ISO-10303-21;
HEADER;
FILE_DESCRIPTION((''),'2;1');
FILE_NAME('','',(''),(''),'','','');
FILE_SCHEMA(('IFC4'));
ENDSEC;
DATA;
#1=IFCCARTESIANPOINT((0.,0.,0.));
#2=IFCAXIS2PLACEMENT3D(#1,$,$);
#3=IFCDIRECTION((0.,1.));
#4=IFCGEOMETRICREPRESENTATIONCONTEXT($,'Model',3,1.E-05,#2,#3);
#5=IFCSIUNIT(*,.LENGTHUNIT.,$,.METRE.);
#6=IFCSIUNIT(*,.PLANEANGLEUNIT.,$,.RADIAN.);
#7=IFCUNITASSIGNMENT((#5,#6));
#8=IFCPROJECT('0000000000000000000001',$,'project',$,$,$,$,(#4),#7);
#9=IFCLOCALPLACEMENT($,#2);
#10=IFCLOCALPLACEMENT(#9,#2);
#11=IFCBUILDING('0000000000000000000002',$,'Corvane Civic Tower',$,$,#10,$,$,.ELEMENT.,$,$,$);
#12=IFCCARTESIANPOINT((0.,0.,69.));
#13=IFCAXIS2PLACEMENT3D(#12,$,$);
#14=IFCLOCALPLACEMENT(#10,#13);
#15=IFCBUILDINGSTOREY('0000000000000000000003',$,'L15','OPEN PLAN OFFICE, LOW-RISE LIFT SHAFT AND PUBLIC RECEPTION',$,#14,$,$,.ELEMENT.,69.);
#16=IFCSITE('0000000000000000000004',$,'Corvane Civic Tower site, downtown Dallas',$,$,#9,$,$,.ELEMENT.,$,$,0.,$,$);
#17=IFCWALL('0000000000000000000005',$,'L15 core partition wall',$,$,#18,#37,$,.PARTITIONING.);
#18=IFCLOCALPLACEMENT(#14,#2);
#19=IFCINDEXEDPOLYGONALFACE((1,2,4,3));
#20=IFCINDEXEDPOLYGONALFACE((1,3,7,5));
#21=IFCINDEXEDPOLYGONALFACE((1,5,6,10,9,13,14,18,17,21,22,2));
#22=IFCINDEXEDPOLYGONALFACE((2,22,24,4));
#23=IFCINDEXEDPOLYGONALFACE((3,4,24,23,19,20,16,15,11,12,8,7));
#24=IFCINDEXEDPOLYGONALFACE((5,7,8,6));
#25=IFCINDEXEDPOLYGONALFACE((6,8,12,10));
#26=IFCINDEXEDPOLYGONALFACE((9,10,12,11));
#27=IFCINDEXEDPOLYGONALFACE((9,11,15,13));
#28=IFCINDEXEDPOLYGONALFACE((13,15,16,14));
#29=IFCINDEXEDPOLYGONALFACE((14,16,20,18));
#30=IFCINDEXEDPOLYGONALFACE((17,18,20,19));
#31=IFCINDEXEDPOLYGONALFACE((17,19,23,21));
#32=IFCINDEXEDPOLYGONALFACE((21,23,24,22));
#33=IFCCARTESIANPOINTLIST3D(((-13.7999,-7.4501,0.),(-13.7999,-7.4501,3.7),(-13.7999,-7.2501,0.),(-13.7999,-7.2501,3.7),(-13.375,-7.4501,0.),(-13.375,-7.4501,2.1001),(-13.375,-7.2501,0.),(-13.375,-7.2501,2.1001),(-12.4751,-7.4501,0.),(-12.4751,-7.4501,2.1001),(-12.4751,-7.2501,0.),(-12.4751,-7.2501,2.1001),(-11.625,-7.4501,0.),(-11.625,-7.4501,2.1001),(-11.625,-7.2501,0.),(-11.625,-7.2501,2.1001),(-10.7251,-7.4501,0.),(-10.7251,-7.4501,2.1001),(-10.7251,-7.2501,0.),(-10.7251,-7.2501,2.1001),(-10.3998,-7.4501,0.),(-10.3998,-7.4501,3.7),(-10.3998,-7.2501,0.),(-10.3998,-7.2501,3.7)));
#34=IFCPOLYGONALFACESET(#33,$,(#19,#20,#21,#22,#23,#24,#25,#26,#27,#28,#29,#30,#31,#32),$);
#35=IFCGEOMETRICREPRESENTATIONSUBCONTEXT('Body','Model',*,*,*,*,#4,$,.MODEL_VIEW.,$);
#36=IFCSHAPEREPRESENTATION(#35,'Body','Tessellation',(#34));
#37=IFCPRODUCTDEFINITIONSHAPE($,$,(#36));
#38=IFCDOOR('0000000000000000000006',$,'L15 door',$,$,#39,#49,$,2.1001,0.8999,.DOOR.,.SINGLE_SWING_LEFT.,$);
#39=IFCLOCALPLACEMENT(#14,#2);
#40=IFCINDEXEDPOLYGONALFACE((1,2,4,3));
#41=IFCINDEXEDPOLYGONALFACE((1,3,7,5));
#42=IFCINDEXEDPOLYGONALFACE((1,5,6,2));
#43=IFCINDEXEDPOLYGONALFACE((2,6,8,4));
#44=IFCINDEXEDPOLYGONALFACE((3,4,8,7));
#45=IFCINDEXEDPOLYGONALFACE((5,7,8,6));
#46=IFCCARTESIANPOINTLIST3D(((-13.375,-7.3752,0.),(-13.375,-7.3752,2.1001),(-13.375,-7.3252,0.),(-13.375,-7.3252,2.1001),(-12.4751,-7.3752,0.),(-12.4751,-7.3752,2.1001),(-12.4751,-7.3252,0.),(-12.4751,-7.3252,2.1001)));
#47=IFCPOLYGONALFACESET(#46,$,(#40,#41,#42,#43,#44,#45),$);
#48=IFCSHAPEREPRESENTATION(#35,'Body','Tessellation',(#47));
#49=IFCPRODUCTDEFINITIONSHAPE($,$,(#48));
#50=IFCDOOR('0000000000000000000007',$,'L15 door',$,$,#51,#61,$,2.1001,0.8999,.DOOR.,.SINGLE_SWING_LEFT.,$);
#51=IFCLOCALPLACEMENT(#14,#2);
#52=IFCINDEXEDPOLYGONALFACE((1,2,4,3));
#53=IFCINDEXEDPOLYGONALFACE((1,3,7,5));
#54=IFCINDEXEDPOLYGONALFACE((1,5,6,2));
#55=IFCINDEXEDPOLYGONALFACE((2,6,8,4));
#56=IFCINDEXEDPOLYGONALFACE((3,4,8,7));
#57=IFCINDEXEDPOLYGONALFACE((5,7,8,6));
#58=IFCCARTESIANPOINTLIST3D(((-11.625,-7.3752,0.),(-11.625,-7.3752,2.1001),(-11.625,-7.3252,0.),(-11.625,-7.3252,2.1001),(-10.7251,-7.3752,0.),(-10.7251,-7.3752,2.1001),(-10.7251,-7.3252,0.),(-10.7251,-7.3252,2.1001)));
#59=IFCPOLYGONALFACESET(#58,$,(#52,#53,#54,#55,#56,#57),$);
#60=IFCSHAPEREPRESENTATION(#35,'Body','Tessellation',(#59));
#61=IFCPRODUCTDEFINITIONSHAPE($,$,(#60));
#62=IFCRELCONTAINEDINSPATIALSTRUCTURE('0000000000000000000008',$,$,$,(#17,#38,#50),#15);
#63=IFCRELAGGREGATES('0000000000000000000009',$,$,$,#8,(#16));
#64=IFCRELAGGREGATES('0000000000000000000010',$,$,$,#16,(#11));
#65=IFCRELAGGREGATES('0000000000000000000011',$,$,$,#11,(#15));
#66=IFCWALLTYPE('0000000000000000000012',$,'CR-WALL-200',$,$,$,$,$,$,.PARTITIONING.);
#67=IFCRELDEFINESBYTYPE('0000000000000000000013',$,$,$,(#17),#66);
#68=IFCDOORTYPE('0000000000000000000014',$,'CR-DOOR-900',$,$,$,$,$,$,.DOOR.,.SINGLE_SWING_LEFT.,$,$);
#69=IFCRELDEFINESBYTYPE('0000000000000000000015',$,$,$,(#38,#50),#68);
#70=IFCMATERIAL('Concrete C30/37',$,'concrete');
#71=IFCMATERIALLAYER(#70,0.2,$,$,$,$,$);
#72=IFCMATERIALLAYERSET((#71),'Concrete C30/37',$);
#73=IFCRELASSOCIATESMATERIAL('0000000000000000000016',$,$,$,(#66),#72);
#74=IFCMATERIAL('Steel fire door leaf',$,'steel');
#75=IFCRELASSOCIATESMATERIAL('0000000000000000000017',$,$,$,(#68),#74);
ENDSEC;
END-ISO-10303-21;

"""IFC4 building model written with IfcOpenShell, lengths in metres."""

from ifc_helpers import new_model, si_unit, direction, frame, frame_2d, origin, place, context, subcontext, project, spatial, rectangle, extrude, material, layer, layer_set, type_object, element, fill, save


model = new_model("IFC4")

# Units and contexts
model_context = context("Model", 3, precision=1e-05, world=origin(), true_north=direction((0.0, 1.0)))
body_context = subcontext(model_context, "Body", "Model", "MODEL_VIEW")
ifc_project = project(units=[si_unit("LENGTHUNIT", "METRE"), si_unit("PLANEANGLEUNIT", "RADIAN")], contexts=[model_context])

# Site, building, storey
site_placement = place(None, origin())
site = spatial("IfcSite", under=ifc_project, at=site_placement, Name="Corvane Civic Tower site, downtown Dallas", CompositionType="ELEMENT", RefElevation=0.0)
building_placement = place(site_placement, origin())
building = spatial("IfcBuilding", under=site, at=building_placement, Name="Corvane Civic Tower", CompositionType="ELEMENT")
storey_placement = place(building_placement, frame((0.0, 0.0, 69.0)))
storey = spatial("IfcBuildingStorey", under=building, at=storey_placement, Name="L15", Description="OPEN PLAN OFFICE, LOW-RISE LIFT SHAFT AND PUBLIC RECEPTION", CompositionType="ELEMENT", Elevation=69.0)

# Wall, openings, doors
ifc_material_1 = material(Name="Concrete C30/37", Category="concrete")
ifc_layer_1 = layer(ifc_material_1, 0.2)
ifc_layer_set_1 = layer_set([ifc_layer_1], Name="Concrete C30/37")
wall_type_1 = type_object("IfcWallType", Name="CR-WALL-200", PredefinedType="PARTITIONING", material=ifc_layer_set_1)
wall_1_placement = place(storey_placement, frame((-13.8, -7.3501, 0.0), z_axis=(0.0, 0.0, 1.0), x_axis=(1.0, 0.0, 0.0)))
wall_1 = element("IfcWall", 1, at=wall_1_placement, inside=storey, type_object=wall_type_1, Name="L15 core partition wall", PredefinedType="PARTITIONING", context=body_context, shape_type="SweptSolid", body=[
    extrude(rectangle(XDim=3.4001, YDim=0.2, at=frame_2d((1.7002, 0.0))), origin(), (0.0, 0.0, 1.0), 3.7),
])
opening_1_placement = place(wall_1_placement, frame((0.425, 0.0, 0.0)))
opening_1 = element("IfcOpeningElement", 2, at=opening_1_placement, cuts=wall_1, PredefinedType="OPENING", context=body_context, shape_type="SweptSolid", body=[
    extrude(rectangle(XDim=0.8999, YDim=2.1001, at=frame_2d((0.45, 1.05))), frame((0.0, 0.1099, 0.0), z_axis=(0.0, -1.0, 0.0), x_axis=(1.0, 0.0, 0.0)), (0.0, 0.0, 1.0), 0.22),
])
opening_2_placement = place(wall_1_placement, frame((2.175, 0.0, 0.0)))
opening_2 = element("IfcOpeningElement", 3, at=opening_2_placement, cuts=wall_1, PredefinedType="OPENING", context=body_context, shape_type="SweptSolid", body=[
    extrude(rectangle(XDim=0.8999, YDim=2.1001, at=frame_2d((0.45, 1.05))), frame((0.0, 0.1099, 0.0), z_axis=(0.0, -1.0, 0.0), x_axis=(1.0, 0.0, 0.0)), (0.0, 0.0, 1.0), 0.22),
])
ifc_material_2 = material(Name="Steel fire door leaf", Category="steel")
door_type_1 = type_object("IfcDoorType", Name="CR-DOOR-900", OperationType="SINGLE_SWING_LEFT", PredefinedType="DOOR", material=ifc_material_2)
door_1_placement = place(opening_1_placement, origin())
door_1 = element("IfcDoor", 4, at=door_1_placement, inside=storey, type_object=door_type_1, Name="L15 door", OperationType="SINGLE_SWING_LEFT", OverallHeight=2.1001, OverallWidth=0.8999, PredefinedType="DOOR", context=body_context, shape_type="SweptSolid", body=[
    extrude(rectangle(XDim=0.8999, YDim=2.1001, at=frame_2d((0.45, 1.05))), frame((0.0, 0.0249, 0.0), z_axis=(0.0, -1.0, 0.0), x_axis=(1.0, 0.0, 0.0)), (0.0, 0.0, 1.0), 0.05),
])
fill(opening_1, door_1)
door_2_placement = place(opening_2_placement, origin())
door_2 = element("IfcDoor", 5, at=door_2_placement, inside=storey, type_object=door_type_1, Name="L15 door", OperationType="SINGLE_SWING_LEFT", OverallHeight=2.1001, OverallWidth=0.8999, PredefinedType="DOOR", context=body_context, shape_type="SweptSolid", body=[
    extrude(rectangle(XDim=0.8999, YDim=2.1001, at=frame_2d((0.45, 1.05))), frame((0.0, 0.0249, 0.0), z_axis=(0.0, -1.0, 0.0), x_axis=(1.0, 0.0, 0.0)), (0.0, 0.0, 1.0), 0.05),
])
fill(opening_2, door_2)

save(model, "model.ifc")
